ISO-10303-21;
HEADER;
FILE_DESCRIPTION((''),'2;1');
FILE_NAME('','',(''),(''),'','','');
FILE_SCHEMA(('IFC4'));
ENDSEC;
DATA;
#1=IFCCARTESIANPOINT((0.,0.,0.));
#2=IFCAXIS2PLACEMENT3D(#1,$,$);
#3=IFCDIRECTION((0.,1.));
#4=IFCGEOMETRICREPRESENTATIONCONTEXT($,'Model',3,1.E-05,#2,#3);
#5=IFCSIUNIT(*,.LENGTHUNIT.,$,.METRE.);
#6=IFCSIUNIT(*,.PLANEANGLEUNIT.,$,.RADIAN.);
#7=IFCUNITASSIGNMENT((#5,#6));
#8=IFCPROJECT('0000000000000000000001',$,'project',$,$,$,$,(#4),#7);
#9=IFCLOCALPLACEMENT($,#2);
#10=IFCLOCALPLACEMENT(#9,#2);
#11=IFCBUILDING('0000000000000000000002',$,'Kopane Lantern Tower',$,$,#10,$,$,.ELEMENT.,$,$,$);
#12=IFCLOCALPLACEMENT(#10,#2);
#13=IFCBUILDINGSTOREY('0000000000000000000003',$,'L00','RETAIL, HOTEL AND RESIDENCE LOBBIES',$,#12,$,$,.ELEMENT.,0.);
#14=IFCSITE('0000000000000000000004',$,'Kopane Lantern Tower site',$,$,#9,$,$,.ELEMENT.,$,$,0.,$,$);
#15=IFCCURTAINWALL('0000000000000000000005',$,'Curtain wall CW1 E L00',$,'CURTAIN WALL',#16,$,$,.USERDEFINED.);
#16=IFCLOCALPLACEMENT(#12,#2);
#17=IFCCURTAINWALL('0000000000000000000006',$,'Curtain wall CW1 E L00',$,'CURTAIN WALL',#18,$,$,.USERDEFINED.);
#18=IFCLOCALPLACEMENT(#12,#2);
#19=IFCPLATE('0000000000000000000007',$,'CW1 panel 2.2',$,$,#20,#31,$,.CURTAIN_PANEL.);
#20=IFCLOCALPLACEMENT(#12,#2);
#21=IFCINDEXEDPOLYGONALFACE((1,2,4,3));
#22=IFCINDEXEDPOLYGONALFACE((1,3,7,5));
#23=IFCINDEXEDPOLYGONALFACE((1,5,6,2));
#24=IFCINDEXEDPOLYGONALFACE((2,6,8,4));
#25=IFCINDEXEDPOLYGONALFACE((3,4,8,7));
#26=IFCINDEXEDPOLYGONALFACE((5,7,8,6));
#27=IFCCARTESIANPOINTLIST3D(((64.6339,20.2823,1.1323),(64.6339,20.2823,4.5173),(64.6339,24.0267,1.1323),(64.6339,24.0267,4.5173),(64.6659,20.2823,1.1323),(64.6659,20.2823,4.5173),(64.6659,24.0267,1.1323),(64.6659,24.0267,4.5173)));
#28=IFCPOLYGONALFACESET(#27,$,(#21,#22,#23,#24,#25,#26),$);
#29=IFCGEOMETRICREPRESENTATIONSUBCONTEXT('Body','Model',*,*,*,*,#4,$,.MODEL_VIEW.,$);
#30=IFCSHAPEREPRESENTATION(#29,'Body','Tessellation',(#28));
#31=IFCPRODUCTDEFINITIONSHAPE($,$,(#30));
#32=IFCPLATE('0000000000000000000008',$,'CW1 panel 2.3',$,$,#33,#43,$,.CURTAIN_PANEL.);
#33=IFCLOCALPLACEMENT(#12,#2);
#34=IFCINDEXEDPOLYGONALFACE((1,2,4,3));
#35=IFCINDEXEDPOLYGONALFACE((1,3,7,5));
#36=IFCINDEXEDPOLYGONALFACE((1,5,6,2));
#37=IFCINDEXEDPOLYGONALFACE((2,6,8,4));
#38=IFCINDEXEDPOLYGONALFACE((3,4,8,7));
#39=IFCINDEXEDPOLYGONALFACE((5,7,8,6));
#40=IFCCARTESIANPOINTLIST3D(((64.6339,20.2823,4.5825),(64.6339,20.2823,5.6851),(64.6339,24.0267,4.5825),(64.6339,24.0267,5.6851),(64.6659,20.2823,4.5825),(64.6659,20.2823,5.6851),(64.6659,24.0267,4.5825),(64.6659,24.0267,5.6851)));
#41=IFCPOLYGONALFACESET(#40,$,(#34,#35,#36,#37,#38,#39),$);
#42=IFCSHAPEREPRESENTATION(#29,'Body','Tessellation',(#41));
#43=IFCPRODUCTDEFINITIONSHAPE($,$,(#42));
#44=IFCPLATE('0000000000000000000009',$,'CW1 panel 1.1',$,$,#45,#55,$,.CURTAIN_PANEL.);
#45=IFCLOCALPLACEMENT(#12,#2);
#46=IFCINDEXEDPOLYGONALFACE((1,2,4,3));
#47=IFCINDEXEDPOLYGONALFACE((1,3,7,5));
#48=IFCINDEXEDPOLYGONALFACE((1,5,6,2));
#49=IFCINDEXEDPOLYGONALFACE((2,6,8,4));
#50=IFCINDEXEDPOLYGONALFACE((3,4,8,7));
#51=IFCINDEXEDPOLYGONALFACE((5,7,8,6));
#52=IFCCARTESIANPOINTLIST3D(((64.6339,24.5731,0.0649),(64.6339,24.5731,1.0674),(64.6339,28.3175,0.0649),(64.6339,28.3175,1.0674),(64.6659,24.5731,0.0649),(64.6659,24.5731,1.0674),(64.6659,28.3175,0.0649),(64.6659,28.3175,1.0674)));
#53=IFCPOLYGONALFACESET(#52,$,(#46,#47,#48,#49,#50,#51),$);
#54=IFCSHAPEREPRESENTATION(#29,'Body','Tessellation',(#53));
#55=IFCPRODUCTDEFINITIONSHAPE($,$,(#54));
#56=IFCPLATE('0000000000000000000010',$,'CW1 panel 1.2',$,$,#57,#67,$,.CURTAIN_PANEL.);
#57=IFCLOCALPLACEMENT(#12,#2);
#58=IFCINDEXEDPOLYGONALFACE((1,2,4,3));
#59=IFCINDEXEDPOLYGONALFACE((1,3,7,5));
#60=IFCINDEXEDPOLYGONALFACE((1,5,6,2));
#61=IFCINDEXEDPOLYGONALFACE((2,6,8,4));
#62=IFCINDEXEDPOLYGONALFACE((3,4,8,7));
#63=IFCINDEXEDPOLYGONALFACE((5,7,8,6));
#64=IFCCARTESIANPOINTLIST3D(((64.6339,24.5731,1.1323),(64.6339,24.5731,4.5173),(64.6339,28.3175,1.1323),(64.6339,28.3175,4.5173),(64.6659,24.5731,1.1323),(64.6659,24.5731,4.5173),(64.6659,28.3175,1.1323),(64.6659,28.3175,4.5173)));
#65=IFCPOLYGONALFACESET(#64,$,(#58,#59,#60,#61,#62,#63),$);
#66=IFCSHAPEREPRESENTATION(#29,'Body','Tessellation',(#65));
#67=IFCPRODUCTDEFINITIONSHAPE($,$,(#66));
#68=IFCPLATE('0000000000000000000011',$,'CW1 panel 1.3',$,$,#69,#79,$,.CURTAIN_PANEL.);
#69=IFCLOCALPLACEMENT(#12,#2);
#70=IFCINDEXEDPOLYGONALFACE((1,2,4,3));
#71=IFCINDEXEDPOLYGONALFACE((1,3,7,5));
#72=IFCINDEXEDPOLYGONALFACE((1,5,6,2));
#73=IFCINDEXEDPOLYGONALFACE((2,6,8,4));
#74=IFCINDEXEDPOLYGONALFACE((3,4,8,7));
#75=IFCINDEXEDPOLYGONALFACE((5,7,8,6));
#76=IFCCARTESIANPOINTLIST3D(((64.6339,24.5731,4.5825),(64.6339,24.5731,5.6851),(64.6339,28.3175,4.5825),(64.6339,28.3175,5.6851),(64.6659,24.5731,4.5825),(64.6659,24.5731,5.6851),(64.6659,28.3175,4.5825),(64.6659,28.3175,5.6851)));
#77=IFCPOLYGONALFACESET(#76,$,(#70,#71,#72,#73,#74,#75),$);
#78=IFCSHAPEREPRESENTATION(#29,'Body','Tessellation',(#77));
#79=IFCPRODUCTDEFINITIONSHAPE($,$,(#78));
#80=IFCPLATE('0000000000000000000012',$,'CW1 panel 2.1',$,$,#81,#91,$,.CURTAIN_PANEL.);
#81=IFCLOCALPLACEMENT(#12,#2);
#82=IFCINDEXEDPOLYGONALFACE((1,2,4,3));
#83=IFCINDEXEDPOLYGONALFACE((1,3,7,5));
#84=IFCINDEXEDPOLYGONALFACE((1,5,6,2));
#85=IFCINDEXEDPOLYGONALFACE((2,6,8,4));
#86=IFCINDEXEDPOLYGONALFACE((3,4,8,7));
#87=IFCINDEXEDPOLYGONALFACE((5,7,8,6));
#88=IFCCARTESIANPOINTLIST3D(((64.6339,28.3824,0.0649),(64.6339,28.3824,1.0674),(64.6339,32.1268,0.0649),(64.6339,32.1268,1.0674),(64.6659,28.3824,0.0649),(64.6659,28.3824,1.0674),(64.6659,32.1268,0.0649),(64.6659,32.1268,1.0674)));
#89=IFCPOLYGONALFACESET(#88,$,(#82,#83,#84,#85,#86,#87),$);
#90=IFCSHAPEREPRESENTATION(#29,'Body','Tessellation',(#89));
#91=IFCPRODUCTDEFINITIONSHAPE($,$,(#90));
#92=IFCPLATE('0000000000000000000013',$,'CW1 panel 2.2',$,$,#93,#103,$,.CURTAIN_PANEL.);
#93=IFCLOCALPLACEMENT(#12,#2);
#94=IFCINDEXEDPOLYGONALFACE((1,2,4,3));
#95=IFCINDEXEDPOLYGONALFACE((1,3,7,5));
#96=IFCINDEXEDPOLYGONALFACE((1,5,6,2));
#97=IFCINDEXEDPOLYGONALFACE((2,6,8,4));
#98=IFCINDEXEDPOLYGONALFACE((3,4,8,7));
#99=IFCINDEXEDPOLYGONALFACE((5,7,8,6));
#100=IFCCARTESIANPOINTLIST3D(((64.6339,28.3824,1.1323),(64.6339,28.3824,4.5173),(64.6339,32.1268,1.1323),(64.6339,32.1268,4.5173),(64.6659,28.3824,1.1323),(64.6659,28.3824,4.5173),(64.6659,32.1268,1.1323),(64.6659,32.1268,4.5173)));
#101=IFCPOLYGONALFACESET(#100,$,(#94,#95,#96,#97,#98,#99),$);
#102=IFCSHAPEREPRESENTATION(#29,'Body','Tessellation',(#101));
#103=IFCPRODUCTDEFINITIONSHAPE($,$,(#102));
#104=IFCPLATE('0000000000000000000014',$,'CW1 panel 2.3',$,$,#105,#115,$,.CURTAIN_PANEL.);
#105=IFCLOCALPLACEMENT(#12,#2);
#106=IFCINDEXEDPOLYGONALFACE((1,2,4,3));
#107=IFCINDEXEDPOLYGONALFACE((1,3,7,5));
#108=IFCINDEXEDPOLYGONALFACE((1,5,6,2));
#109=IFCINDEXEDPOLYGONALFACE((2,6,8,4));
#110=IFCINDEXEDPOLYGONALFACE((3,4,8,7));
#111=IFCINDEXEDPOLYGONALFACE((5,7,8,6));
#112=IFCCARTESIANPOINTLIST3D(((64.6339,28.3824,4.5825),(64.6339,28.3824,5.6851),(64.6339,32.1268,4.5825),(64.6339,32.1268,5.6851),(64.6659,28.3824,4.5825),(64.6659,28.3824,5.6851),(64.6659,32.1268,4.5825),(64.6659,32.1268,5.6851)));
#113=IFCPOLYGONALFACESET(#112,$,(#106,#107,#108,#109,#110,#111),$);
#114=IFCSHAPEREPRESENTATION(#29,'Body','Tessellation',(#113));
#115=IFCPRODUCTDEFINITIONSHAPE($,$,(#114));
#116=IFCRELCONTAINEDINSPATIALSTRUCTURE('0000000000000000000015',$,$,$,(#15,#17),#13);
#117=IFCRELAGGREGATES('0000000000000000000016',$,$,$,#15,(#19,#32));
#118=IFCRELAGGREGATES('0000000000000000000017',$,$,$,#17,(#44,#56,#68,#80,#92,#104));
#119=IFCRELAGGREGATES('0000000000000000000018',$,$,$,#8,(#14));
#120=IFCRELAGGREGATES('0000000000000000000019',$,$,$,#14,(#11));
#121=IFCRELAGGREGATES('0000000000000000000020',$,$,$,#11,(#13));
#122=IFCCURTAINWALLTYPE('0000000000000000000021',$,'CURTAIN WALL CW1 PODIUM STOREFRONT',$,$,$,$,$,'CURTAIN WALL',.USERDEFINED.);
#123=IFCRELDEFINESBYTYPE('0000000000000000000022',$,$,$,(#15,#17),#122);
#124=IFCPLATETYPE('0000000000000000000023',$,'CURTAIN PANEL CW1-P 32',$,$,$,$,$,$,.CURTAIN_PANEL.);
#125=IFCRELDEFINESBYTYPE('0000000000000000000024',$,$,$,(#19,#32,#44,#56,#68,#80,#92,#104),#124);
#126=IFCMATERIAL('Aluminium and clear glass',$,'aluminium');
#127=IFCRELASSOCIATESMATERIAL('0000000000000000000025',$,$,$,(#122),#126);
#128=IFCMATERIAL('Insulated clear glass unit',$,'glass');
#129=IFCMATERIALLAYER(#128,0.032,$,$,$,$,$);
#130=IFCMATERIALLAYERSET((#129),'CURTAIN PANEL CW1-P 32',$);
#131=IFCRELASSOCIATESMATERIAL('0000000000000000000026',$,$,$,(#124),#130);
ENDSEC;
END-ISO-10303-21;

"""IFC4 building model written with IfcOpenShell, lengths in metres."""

from ifc_helpers import new_model, si_unit, direction, frame, origin, origin_2d, place, context, subcontext, project, spatial, rectangle, extrude, material, layer, layer_set, type_object, element, aggregate, save


model = new_model("IFC4")

# Units and contexts
model_context = context("Model", 3, precision=1e-05, world=origin(), true_north=direction((0.0, 1.0)))
body_context = subcontext(model_context, "Body", "Model", "MODEL_VIEW")
ifc_project = project(units=[si_unit("LENGTHUNIT", "METRE"), si_unit("PLANEANGLEUNIT", "RADIAN")], contexts=[model_context])

# Site, building, storey
site_placement = place(None, origin())
site = spatial("IfcSite", under=ifc_project, at=site_placement, Name="Kopane Lantern Tower site", CompositionType="ELEMENT", RefElevation=0.0)
building_placement = place(site_placement, origin())
building = spatial("IfcBuilding", under=site, at=building_placement, Name="Kopane Lantern Tower", CompositionType="ELEMENT")
storey_placement = place(building_placement, origin())
storey = spatial("IfcBuildingStorey", under=building, at=storey_placement, Name="L00", Description="RETAIL, HOTEL AND RESIDENCE LOBBIES", CompositionType="ELEMENT", Elevation=0.0)

# Curtain wall
ifc_material_1 = material(Name="Aluminium and clear glass", Category="aluminium")
curtain_wall_type = type_object("IfcCurtainWallType", Name="CURTAIN WALL CW1 PODIUM STOREFRONT", ElementType="CURTAIN WALL", PredefinedType="USERDEFINED", material=ifc_material_1)
curtain_wall_1_placement = place(storey_placement, origin())
curtain_wall_1 = element("IfcCurtainWall", 1, at=curtain_wall_1_placement, inside=storey, type_object=curtain_wall_type, Name="Curtain wall CW1 E L00", ObjectType="CURTAIN WALL", PredefinedType="USERDEFINED")

# Curtain wall
curtain_wall_2_placement = place(storey_placement, origin())
curtain_wall_2 = element("IfcCurtainWall", 2, at=curtain_wall_2_placement, inside=storey, type_object=curtain_wall_type, Name="Curtain wall CW1 E L00", ObjectType="CURTAIN WALL", PredefinedType="USERDEFINED")

# Plates
ifc_material_2 = material(Name="Insulated clear glass unit", Category="glass")
ifc_layer = layer(ifc_material_2, 0.032)
ifc_layer_set = layer_set([ifc_layer], Name="CURTAIN PANEL CW1-P 32")
plate_type = type_object("IfcPlateType", Name="CURTAIN PANEL CW1-P 32", PredefinedType="CURTAIN_PANEL", material=ifc_layer_set)
plate_1_placement = place(storey_placement, frame((64.6499, 22.1545, 1.1323), z_axis=(0.0, 0.0, 1.0), x_axis=(0.0, 1.0, 0.0)))
plate_1 = element("IfcPlate", 3, at=plate_1_placement, type_object=plate_type, Name="CW1 panel 2.2", PredefinedType="CURTAIN_PANEL", context=body_context, shape_type="SweptSolid", body=[
    extrude(rectangle(XDim=3.7444, YDim=0.032, at=origin_2d()), origin(), (0.0, 0.0, 1.0), 3.385),
])
plate_2_placement = place(storey_placement, frame((64.6499, 22.1545, 4.5825), z_axis=(0.0, 0.0, 1.0), x_axis=(0.0, 1.0, 0.0)))
plate_2 = element("IfcPlate", 4, at=plate_2_placement, type_object=plate_type, Name="CW1 panel 2.3", PredefinedType="CURTAIN_PANEL", context=body_context, shape_type="SweptSolid", body=[
    extrude(rectangle(XDim=3.7444, YDim=0.032, at=origin_2d()), origin(), (0.0, 0.0, 1.0), 1.1025),
])
aggregate(curtain_wall_1, [plate_1, plate_2])
plate_3_placement = place(storey_placement, frame((64.6499, 26.4453, 0.0649), z_axis=(0.0, 0.0, 1.0), x_axis=(0.0, 1.0, 0.0)))
plate_3 = element("IfcPlate", 5, at=plate_3_placement, type_object=plate_type, Name="CW1 panel 1.1", PredefinedType="CURTAIN_PANEL", context=body_context, shape_type="SweptSolid", body=[
    extrude(rectangle(XDim=3.7444, YDim=0.032, at=origin_2d()), origin(), (0.0, 0.0, 1.0), 1.0024),
])
plate_4_placement = place(storey_placement, frame((64.6499, 26.4453, 1.1323), z_axis=(0.0, 0.0, 1.0), x_axis=(0.0, 1.0, 0.0)))
plate_4 = element("IfcPlate", 6, at=plate_4_placement, type_object=plate_type, Name="CW1 panel 1.2", PredefinedType="CURTAIN_PANEL", context=body_context, shape_type="SweptSolid", body=[
    extrude(rectangle(XDim=3.7444, YDim=0.032, at=origin_2d()), origin(), (0.0, 0.0, 1.0), 3.385),
])
plate_5_placement = place(storey_placement, frame((64.6499, 26.4453, 4.5825), z_axis=(0.0, 0.0, 1.0), x_axis=(0.0, 1.0, 0.0)))
plate_5 = element("IfcPlate", 7, at=plate_5_placement, type_object=plate_type, Name="CW1 panel 1.3", PredefinedType="CURTAIN_PANEL", context=body_context, shape_type="SweptSolid", body=[
    extrude(rectangle(XDim=3.7444, YDim=0.032, at=origin_2d()), origin(), (0.0, 0.0, 1.0), 1.1025),
])
plate_6_placement = place(storey_placement, frame((64.6499, 30.2546, 0.0649), z_axis=(0.0, 0.0, 1.0), x_axis=(0.0, 1.0, 0.0)))
plate_6 = element("IfcPlate", 8, at=plate_6_placement, type_object=plate_type, Name="CW1 panel 2.1", PredefinedType="CURTAIN_PANEL", context=body_context, shape_type="SweptSolid", body=[
    extrude(rectangle(XDim=3.7444, YDim=0.032, at=origin_2d()), origin(), (0.0, 0.0, 1.0), 1.0024),
])
plate_7_placement = place(storey_placement, frame((64.6499, 30.2546, 1.1323), z_axis=(0.0, 0.0, 1.0), x_axis=(0.0, 1.0, 0.0)))
plate_7 = element("IfcPlate", 9, at=plate_7_placement, type_object=plate_type, Name="CW1 panel 2.2", PredefinedType="CURTAIN_PANEL", context=body_context, shape_type="SweptSolid", body=[
    extrude(rectangle(XDim=3.7444, YDim=0.032, at=origin_2d()), origin(), (0.0, 0.0, 1.0), 3.385),
])
plate_8_placement = place(storey_placement, frame((64.6499, 30.2546, 4.5825), z_axis=(0.0, 0.0, 1.0), x_axis=(0.0, 1.0, 0.0)))
plate_8 = element("IfcPlate", 10, at=plate_8_placement, type_object=plate_type, Name="CW1 panel 2.3", PredefinedType="CURTAIN_PANEL", context=body_context, shape_type="SweptSolid", body=[
    extrude(rectangle(XDim=3.7444, YDim=0.032, at=origin_2d()), origin(), (0.0, 0.0, 1.0), 1.1025),
])
aggregate(curtain_wall_2, [plate_3, plate_4, plate_5, plate_6, plate_7, plate_8])

save(model, "model.ifc")
